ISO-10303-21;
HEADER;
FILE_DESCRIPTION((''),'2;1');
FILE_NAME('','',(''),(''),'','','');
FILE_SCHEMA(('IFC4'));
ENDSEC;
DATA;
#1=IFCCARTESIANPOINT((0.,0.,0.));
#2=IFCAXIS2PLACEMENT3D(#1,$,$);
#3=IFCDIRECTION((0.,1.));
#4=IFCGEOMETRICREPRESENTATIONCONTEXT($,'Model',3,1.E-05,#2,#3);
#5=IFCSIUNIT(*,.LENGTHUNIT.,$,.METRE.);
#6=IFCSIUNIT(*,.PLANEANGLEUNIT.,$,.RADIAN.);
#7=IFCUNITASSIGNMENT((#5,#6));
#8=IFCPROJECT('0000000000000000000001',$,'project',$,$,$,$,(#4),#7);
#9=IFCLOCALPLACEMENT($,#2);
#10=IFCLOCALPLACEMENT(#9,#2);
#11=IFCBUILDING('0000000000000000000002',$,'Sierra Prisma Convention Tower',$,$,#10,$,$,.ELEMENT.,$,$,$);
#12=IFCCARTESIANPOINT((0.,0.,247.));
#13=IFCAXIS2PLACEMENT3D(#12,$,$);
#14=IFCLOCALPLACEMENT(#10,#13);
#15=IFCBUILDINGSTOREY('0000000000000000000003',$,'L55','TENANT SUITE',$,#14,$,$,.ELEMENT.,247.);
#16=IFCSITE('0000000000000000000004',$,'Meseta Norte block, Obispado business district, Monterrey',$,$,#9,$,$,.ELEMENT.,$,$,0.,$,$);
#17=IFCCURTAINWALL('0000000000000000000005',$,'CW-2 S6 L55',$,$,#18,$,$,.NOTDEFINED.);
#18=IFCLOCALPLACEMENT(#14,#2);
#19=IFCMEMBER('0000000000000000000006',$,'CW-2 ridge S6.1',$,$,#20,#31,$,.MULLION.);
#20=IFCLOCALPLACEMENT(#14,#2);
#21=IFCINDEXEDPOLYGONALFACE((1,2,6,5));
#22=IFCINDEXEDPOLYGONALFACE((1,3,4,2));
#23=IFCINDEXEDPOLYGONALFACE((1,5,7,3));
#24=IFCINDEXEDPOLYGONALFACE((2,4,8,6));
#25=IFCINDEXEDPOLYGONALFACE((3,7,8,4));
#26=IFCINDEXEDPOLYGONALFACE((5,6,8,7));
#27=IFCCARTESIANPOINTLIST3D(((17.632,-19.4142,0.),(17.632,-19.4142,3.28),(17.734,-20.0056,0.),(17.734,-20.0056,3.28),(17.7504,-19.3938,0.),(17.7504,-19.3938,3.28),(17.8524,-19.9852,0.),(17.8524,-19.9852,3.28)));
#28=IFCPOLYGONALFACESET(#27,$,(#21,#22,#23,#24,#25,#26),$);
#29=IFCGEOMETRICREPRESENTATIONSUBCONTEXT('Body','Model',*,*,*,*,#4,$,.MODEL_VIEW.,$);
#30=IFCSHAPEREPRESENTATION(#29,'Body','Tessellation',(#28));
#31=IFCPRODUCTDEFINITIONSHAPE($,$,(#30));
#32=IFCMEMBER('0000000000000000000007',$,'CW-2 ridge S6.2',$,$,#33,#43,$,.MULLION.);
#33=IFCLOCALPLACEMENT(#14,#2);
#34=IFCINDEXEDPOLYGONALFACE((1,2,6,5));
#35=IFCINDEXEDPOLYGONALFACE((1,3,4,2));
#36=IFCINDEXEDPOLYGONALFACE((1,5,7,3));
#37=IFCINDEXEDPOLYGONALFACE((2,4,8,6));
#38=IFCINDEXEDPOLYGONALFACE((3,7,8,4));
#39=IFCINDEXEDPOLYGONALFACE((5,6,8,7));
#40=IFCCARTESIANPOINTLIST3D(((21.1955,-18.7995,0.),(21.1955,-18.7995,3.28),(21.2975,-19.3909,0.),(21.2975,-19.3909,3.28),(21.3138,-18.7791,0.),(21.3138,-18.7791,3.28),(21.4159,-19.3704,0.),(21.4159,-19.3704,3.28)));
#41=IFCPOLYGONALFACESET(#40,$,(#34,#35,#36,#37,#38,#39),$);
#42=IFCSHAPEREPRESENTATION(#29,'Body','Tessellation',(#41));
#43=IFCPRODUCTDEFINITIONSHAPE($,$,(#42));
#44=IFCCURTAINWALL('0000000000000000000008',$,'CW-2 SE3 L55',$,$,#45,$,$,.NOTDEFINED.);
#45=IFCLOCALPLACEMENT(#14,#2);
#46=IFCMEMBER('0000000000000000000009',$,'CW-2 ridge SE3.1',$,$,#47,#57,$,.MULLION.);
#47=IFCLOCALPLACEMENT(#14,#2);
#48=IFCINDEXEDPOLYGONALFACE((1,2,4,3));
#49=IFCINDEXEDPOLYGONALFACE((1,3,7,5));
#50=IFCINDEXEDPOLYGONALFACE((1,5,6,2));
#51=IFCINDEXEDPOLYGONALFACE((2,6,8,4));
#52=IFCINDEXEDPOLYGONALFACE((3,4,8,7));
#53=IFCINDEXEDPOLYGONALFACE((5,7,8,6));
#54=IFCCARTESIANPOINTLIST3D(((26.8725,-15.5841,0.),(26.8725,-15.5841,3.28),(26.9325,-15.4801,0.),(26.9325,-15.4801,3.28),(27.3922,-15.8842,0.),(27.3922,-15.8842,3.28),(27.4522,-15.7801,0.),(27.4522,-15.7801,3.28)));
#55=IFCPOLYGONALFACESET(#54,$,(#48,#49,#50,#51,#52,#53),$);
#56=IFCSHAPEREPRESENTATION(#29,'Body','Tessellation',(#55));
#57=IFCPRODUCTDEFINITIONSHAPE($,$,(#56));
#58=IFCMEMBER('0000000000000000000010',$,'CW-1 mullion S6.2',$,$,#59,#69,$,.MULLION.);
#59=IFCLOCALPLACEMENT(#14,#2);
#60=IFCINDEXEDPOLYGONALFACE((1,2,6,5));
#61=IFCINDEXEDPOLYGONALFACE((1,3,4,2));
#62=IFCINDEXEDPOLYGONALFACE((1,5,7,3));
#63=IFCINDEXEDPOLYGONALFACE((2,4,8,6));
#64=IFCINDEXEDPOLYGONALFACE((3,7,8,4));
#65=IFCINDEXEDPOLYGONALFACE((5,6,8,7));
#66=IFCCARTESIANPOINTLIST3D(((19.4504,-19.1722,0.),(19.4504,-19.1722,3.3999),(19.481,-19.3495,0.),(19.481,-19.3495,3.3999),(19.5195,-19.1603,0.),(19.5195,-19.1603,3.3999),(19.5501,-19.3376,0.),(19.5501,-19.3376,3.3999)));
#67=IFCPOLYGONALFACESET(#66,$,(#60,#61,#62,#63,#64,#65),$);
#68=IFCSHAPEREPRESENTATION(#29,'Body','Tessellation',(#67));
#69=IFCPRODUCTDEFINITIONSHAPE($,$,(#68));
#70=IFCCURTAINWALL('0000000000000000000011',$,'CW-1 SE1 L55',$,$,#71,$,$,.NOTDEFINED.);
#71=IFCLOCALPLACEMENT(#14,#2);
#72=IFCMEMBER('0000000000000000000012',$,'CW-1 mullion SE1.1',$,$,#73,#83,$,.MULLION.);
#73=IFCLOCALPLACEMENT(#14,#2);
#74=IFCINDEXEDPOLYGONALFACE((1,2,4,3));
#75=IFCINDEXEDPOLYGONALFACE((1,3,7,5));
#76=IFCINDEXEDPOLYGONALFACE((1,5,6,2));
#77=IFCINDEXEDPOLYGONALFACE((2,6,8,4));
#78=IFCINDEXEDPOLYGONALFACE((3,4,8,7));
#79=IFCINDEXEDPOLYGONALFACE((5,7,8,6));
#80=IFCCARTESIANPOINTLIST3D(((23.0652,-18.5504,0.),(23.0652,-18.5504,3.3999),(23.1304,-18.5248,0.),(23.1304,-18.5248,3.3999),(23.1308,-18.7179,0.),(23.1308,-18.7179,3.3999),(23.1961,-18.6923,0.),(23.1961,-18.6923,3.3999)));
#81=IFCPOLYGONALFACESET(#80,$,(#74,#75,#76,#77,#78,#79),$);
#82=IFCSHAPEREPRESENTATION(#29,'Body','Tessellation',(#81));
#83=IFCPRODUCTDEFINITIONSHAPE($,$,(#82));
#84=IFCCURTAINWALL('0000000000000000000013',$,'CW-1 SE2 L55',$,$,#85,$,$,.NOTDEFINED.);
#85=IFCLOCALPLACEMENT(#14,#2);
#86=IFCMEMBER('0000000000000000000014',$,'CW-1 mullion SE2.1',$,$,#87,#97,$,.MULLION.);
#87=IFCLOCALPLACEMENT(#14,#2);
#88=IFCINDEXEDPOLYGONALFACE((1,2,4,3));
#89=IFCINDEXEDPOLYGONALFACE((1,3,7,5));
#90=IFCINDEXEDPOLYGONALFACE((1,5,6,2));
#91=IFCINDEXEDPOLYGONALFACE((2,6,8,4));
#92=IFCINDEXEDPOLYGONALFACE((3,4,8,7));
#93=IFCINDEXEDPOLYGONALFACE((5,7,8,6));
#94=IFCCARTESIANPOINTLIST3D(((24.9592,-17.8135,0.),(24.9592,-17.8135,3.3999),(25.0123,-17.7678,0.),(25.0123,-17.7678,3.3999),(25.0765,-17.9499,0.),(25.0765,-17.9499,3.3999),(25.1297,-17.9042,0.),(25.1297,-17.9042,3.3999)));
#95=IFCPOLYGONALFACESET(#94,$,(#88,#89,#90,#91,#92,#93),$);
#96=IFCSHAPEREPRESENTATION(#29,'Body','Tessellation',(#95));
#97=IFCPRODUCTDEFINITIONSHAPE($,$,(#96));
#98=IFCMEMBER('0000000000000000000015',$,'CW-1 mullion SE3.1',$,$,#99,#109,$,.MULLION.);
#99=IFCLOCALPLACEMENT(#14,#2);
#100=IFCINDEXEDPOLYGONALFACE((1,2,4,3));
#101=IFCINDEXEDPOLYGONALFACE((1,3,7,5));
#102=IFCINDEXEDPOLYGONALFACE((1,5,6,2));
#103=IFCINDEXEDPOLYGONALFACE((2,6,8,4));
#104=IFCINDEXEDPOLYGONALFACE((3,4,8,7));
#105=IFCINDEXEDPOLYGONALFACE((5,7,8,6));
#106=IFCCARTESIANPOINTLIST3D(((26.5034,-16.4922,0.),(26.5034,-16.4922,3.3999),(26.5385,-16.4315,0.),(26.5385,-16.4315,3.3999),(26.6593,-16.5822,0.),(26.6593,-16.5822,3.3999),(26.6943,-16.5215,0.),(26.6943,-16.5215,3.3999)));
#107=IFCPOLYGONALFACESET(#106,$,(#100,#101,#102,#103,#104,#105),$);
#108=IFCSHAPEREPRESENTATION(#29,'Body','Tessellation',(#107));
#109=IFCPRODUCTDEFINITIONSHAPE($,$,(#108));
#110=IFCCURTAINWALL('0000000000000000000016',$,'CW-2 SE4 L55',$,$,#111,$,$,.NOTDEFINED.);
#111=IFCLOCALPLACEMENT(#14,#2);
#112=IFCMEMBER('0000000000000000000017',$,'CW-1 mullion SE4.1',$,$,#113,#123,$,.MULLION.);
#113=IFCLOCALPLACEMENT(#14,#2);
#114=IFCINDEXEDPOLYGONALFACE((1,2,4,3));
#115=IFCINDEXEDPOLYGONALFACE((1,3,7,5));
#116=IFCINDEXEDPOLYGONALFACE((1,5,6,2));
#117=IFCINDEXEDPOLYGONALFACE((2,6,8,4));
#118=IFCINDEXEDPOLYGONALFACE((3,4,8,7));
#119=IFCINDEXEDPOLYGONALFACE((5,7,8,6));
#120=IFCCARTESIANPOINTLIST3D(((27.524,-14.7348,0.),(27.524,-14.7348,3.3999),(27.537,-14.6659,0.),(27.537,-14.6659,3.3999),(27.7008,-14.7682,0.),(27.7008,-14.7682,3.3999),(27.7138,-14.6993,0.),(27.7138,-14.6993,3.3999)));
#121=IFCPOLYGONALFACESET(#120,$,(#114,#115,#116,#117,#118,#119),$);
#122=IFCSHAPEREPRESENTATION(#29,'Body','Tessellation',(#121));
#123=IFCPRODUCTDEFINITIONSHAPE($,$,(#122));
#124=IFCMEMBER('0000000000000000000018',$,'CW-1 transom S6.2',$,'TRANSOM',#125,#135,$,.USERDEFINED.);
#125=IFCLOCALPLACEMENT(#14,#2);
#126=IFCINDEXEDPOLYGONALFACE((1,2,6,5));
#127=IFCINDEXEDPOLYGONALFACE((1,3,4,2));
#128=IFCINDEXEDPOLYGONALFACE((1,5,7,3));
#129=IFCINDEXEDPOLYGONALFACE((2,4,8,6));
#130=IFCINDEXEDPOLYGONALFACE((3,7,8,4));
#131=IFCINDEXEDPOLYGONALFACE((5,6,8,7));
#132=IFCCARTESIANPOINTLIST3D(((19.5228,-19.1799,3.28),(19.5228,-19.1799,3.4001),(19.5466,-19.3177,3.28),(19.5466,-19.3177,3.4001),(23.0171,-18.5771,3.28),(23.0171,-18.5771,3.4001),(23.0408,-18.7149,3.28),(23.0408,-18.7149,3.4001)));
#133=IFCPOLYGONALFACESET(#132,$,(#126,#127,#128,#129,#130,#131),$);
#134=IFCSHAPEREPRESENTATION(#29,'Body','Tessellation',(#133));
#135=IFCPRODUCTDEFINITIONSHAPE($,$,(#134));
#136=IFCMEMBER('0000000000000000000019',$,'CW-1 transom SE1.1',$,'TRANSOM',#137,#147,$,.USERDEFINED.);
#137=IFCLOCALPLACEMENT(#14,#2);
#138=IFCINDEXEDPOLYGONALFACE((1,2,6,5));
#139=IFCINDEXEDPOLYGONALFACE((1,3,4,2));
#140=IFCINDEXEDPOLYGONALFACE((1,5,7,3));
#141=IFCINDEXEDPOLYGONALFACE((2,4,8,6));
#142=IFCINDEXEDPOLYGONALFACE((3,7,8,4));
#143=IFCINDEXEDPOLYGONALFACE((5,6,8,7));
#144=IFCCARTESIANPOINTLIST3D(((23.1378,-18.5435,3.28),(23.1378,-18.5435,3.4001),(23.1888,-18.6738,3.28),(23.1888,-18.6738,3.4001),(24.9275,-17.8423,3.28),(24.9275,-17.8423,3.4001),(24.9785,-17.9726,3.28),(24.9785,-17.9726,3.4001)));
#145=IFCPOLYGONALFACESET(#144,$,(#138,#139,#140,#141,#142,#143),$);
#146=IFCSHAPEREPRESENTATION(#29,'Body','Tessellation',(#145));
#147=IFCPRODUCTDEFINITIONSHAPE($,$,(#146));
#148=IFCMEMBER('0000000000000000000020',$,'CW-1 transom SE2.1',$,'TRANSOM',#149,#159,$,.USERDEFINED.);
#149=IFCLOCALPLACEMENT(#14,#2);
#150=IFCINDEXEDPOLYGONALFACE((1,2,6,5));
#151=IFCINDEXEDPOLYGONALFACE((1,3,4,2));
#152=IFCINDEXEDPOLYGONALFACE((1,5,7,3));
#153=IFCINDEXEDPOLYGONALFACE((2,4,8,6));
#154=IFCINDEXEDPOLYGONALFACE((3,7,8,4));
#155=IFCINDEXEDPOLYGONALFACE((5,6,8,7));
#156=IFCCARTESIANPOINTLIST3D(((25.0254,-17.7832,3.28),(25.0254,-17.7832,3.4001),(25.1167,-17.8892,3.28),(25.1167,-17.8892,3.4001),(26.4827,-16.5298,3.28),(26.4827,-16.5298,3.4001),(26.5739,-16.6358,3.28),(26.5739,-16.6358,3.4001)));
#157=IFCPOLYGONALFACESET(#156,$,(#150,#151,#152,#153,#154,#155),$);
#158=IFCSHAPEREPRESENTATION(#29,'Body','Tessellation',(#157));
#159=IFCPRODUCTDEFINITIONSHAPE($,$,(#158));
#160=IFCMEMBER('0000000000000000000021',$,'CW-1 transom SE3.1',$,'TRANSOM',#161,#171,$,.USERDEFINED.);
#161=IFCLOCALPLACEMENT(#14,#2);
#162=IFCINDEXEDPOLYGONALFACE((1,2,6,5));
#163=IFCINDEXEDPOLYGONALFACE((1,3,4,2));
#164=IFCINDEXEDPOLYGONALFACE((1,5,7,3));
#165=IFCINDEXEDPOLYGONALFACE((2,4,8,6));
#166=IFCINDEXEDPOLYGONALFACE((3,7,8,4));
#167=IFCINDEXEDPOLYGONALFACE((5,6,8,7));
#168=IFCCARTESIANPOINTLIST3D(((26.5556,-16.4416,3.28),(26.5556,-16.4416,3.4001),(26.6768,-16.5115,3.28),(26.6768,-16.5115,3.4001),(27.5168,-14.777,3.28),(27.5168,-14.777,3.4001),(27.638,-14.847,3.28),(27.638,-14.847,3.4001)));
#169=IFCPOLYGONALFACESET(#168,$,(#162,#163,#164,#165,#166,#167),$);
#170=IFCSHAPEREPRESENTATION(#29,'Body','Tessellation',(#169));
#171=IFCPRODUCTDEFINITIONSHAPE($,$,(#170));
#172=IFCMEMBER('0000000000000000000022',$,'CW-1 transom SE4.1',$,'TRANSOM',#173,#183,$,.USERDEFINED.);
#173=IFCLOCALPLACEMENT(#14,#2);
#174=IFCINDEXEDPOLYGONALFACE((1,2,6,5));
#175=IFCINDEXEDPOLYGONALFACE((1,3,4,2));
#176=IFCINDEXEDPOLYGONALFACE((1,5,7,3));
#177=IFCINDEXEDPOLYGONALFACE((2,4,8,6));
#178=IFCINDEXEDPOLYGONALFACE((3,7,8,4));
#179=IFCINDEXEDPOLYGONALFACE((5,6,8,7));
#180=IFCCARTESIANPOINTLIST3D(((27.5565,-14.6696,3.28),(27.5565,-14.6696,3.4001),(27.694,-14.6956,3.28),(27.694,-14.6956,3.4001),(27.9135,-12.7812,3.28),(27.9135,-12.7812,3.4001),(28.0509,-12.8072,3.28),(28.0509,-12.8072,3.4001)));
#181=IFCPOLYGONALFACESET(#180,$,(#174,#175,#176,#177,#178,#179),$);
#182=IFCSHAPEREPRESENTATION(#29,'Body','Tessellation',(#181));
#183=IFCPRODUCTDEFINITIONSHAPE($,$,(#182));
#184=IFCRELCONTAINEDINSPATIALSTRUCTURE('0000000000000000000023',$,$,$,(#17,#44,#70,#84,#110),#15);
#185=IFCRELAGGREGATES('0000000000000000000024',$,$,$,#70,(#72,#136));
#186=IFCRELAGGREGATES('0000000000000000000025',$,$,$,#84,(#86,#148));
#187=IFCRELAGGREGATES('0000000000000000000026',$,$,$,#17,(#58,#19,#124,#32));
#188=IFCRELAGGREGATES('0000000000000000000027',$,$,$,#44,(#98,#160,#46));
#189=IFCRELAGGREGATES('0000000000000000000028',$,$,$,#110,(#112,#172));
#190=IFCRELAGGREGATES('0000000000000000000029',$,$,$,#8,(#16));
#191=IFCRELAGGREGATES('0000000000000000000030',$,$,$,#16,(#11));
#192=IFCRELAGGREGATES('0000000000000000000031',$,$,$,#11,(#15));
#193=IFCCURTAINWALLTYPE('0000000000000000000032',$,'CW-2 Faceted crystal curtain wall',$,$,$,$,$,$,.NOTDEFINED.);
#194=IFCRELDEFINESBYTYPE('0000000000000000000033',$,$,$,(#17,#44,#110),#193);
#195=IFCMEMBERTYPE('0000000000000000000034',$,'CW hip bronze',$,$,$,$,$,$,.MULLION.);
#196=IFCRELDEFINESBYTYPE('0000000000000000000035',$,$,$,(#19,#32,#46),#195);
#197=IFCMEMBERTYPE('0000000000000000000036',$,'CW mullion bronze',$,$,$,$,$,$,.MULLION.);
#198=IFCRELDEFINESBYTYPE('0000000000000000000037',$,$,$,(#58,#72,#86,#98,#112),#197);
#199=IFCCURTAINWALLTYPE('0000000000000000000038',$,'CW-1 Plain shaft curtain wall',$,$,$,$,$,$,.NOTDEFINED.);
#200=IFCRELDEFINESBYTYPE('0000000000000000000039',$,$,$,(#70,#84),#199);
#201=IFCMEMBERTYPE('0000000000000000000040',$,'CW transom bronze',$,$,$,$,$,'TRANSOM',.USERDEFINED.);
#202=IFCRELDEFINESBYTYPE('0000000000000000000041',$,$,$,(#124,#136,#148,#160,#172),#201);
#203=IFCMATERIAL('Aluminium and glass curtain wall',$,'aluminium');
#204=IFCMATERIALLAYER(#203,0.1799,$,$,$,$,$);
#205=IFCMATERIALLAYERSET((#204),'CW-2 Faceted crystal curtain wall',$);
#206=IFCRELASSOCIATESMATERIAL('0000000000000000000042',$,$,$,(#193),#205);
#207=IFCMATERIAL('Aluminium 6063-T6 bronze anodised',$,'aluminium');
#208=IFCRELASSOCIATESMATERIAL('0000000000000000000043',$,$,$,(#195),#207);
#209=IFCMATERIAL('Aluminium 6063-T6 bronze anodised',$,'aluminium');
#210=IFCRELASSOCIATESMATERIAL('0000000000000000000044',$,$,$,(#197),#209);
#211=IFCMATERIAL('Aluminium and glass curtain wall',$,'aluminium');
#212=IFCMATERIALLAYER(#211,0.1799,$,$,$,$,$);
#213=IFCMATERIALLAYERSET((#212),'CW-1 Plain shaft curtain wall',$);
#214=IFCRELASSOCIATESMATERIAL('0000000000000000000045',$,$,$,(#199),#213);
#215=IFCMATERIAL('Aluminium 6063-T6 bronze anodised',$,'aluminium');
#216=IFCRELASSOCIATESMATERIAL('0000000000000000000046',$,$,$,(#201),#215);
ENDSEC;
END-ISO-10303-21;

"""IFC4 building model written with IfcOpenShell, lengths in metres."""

from ifc_helpers import new_model, si_unit, direction, frame, origin, origin_2d, place, context, subcontext, project, spatial, rectangle, extrude, material, layer, layer_set, material_profile, profile_set, type_object, element, aggregate, save


model = new_model("IFC4")

# Units and contexts
model_context = context("Model", 3, precision=1e-05, world=origin(), true_north=direction((0.0, 1.0)))
body_context = subcontext(model_context, "Body", "Model", "MODEL_VIEW")
ifc_project = project(units=[si_unit("LENGTHUNIT", "METRE"), si_unit("PLANEANGLEUNIT", "RADIAN")], contexts=[model_context])

# Site, building, storey
site_placement = place(None, origin())
site = spatial("IfcSite", under=ifc_project, at=site_placement, Name="Meseta Norte block, Obispado business district, Monterrey", CompositionType="ELEMENT", RefElevation=0.0)
building_placement = place(site_placement, origin())
building = spatial("IfcBuilding", under=site, at=building_placement, Name="Sierra Prisma Convention Tower", CompositionType="ELEMENT")
storey_placement = place(building_placement, frame((0.0, 0.0, 247.0)))
storey = spatial("IfcBuildingStorey", under=building, at=storey_placement, Name="L55", Description="TENANT SUITE", CompositionType="ELEMENT", Elevation=247.0)

# Curtain wall, members
ifc_material_1 = material(Name="Aluminium and glass curtain wall", Category="aluminium")
ifc_layer_1 = layer(ifc_material_1, 0.1799)
ifc_layer_set_1 = layer_set([ifc_layer_1], Name="CW-2 Faceted crystal curtain wall")
curtain_wall_type_1 = type_object("IfcCurtainWallType", Name="CW-2 Faceted crystal curtain wall", PredefinedType="NOTDEFINED", material=ifc_layer_set_1)
curtain_wall_1_placement = place(storey_placement, origin())
curtain_wall_1 = element("IfcCurtainWall", 1, at=curtain_wall_1_placement, inside=storey, type_object=curtain_wall_type_1, Name="CW-2 S6 L55", PredefinedType="NOTDEFINED")
ifc_material_2 = material(Name="Aluminium 6063-T6 bronze anodised", Category="aluminium")
ifc_material_profile_1 = material_profile(ifc_material_2, rectangle(XDim=0.1201, YDim=0.6001, at=origin_2d()), Name="ALU RIDGE BLADE 120x600")
ifc_profile_set_1 = profile_set([ifc_material_profile_1], Name="Aluminium 6063-T6 bronze anodised")
member_type_1 = type_object("IfcMemberType", Name="CW hip bronze", PredefinedType="MULLION", material=ifc_profile_set_1)
member_1_placement = place(storey_placement, frame((17.7422, -19.6997, 0.0), z_axis=(0.0, 0.0, 1.0), x_axis=(0.985443, 0.170006, 0.0)))
member_1 = element("IfcMember", 2, at=member_1_placement, type_object=member_type_1, Name="CW-2 ridge S6.1", PredefinedType="MULLION", context=body_context, shape_type="SweptSolid", body=[
    extrude(rectangle(XDim=0.1201, YDim=0.6001, at=origin_2d()), origin(), (0.0, 0.0, 1.0), 3.28),
])
member_2_placement = place(storey_placement, frame((21.3057, -19.085, 0.0), z_axis=(0.0, 0.0, 1.0), x_axis=(0.985443, 0.170006, 0.0)))
member_2 = element("IfcMember", 3, at=member_2_placement, type_object=member_type_1, Name="CW-2 ridge S6.2", PredefinedType="MULLION", context=body_context, shape_type="SweptSolid", body=[
    extrude(rectangle(XDim=0.1201, YDim=0.6001, at=origin_2d()), origin(), (0.0, 0.0, 1.0), 3.28),
])

# Curtain wall, member
curtain_wall_2_placement = place(storey_placement, origin())
curtain_wall_2 = element("IfcCurtainWall", 4, at=curtain_wall_2_placement, inside=storey, type_object=curtain_wall_type_1, Name="CW-2 SE3 L55", PredefinedType="NOTDEFINED")
member_3_placement = place(storey_placement, frame((27.1624, -15.6821, 0.0), z_axis=(0.0, 0.0, 1.0), x_axis=(0.5, 0.866025, 0.0)))
member_3 = element("IfcMember", 5, at=member_3_placement, type_object=member_type_1, Name="CW-2 ridge SE3.1", PredefinedType="MULLION", context=body_context, shape_type="SweptSolid", body=[
    extrude(rectangle(XDim=0.1201, YDim=0.6001, at=origin_2d()), origin(), (0.0, 0.0, 1.0), 3.28),
])

# Member
ifc_material_3 = material(Name="Aluminium 6063-T6 bronze anodised", Category="aluminium")
ifc_material_profile_2 = material_profile(ifc_material_3, rectangle(XDim=0.1799, YDim=0.0701, at=origin_2d()), Name="ALU MULLION 70x180")
ifc_profile_set_2 = profile_set([ifc_material_profile_2], Name="Aluminium 6063-T6 bronze anodised")
member_type_2 = type_object("IfcMemberType", Name="CW mullion bronze", PredefinedType="MULLION", material=ifc_profile_set_2)
member_4_placement = place(storey_placement, frame((19.5002, -19.2549, 0.0), z_axis=(0.0, 0.0, 1.0), x_axis=(-0.170006, 0.985443, 0.0)))
member_4 = element("IfcMember", 6, at=member_4_placement, type_object=member_type_2, Name="CW-1 mullion S6.2", PredefinedType="MULLION", context=body_context, shape_type="SweptSolid", body=[
    extrude(rectangle(XDim=0.1799, YDim=0.0701, at=origin_2d()), origin(), (0.0, 0.0, 1.0), 3.3999),
])

# Curtain walls, members
ifc_material_4 = material(Name="Aluminium and glass curtain wall", Category="aluminium")
ifc_layer_2 = layer(ifc_material_4, 0.1799)
ifc_layer_set_2 = layer_set([ifc_layer_2], Name="CW-1 Plain shaft curtain wall")
curtain_wall_type_2 = type_object("IfcCurtainWallType", Name="CW-1 Plain shaft curtain wall", PredefinedType="NOTDEFINED", material=ifc_layer_set_2)
curtain_wall_3_placement = place(storey_placement, origin())
curtain_wall_3 = element("IfcCurtainWall", 7, at=curtain_wall_3_placement, inside=storey, type_object=curtain_wall_type_2, Name="CW-1 SE1 L55", PredefinedType="NOTDEFINED")
member_5_placement = place(storey_placement, frame((23.1306, -18.6213, 0.0), z_axis=(0.0, 0.0, 1.0), x_axis=(-0.364822, 0.931077, 0.0)))
member_5 = element("IfcMember", 8, at=member_5_placement, type_object=member_type_2, Name="CW-1 mullion SE1.1", PredefinedType="MULLION", context=body_context, shape_type="SweptSolid", body=[
    extrude(rectangle(XDim=0.1799, YDim=0.0701, at=origin_2d()), origin(), (0.0, 0.0, 1.0), 3.3999),
])
curtain_wall_4_placement = place(storey_placement, origin())
curtain_wall_4 = element("IfcCurtainWall", 9, at=curtain_wall_4_placement, inside=storey, type_object=curtain_wall_type_2, Name="CW-1 SE2 L55", PredefinedType="NOTDEFINED")
member_6_placement = place(storey_placement, frame((25.0444, -17.8589, 0.0), z_axis=(0.0, 0.0, 1.0), x_axis=(-0.652076, 0.758154, 0.0)))
member_6 = element("IfcMember", 10, at=member_6_placement, type_object=member_type_2, Name="CW-1 mullion SE2.1", PredefinedType="MULLION", context=body_context, shape_type="SweptSolid", body=[
    extrude(rectangle(XDim=0.1799, YDim=0.0701, at=origin_2d()), origin(), (0.0, 0.0, 1.0), 3.3999),
])

# Member
member_7_placement = place(storey_placement, frame((26.5989, -16.5068, 0.0), z_axis=(0.0, 0.0, 1.0), x_axis=(-0.866025, 0.5, 0.0)))
member_7 = element("IfcMember", 11, at=member_7_placement, type_object=member_type_2, Name="CW-1 mullion SE3.1", PredefinedType="MULLION", context=body_context, shape_type="SweptSolid", body=[
    extrude(rectangle(XDim=0.1799, YDim=0.0701, at=origin_2d()), origin(), (0.0, 0.0, 1.0), 3.3999),
])

# Curtain wall, member
curtain_wall_5_placement = place(storey_placement, origin())
curtain_wall_5 = element("IfcCurtainWall", 12, at=curtain_wall_5_placement, inside=storey, type_object=curtain_wall_type_1, Name="CW-2 SE4 L55", PredefinedType="NOTDEFINED")
member_8_placement = place(storey_placement, frame((27.6189, -14.717, 0.0), z_axis=(0.0, 0.0, 1.0), x_axis=(-0.982618, 0.185638, 0.0)))
member_8 = element("IfcMember", 13, at=member_8_placement, type_object=member_type_2, Name="CW-1 mullion SE4.1", PredefinedType="MULLION", context=body_context, shape_type="SweptSolid", body=[
    extrude(rectangle(XDim=0.1799, YDim=0.0701, at=origin_2d()), origin(), (0.0, 0.0, 1.0), 3.3999),
])

# Members
ifc_material_5 = material(Name="Aluminium 6063-T6 bronze anodised", Category="aluminium")
ifc_material_profile_3 = material_profile(ifc_material_5, rectangle(XDim=0.1399, YDim=0.1201, at=origin_2d()), Name="ALU TRANSOM 120x140")
ifc_profile_set_3 = profile_set([ifc_material_profile_3], Name="Aluminium 6063-T6 bronze anodised")
member_type_3 = type_object("IfcMemberType", Name="CW transom bronze", ElementType="TRANSOM", PredefinedType="USERDEFINED", material=ifc_profile_set_3)
member_9_placement = place(storey_placement, frame((19.5347, -19.2488, 3.3401), z_axis=(0.985446, 0.16999, 0.0), x_axis=(-0.16999, 0.985446, 0.0)))
member_9 = element("IfcMember", 14, at=member_9_placement, type_object=member_type_3, Name="CW-1 transom S6.2", ObjectType="TRANSOM", PredefinedType="USERDEFINED", context=body_context, shape_type="SweptSolid", body=[
    extrude(rectangle(XDim=0.1399, YDim=0.1201, at=origin_2d()), origin(), (0.0, 0.0, 1.0), 3.5459),
])
member_10_placement = place(storey_placement, frame((23.1633, -18.6086, 3.3401), z_axis=(0.931082, 0.364811, 0.0), x_axis=(-0.364811, 0.931082, 0.0)))
member_10 = element("IfcMember", 15, at=member_10_placement, type_object=member_type_3, Name="CW-1 transom SE1.1", ObjectType="TRANSOM", PredefinedType="USERDEFINED", context=body_context, shape_type="SweptSolid", body=[
    extrude(rectangle(XDim=0.1399, YDim=0.1201, at=origin_2d()), origin(), (0.0, 0.0, 1.0), 1.9221),
])
member_11_placement = place(storey_placement, frame((25.071, -17.8362, 3.3401), z_axis=(0.758144, 0.652087, 0.0), x_axis=(-0.652087, 0.758144, 0.0)))
member_11 = element("IfcMember", 16, at=member_11_placement, type_object=member_type_3, Name="CW-1 transom SE2.1", ObjectType="TRANSOM", PredefinedType="USERDEFINED", context=body_context, shape_type="SweptSolid", body=[
    extrude(rectangle(XDim=0.1399, YDim=0.1201, at=origin_2d()), origin(), (0.0, 0.0, 1.0), 1.9221),
])
member_12_placement = place(storey_placement, frame((26.6162, -16.4766, 3.3401), z_axis=(0.50006, 0.865991, 0.0), x_axis=(-0.865991, 0.50006, 0.0)))
member_12 = element("IfcMember", 17, at=member_12_placement, type_object=member_type_3, Name="CW-1 transom SE3.1", ObjectType="TRANSOM", PredefinedType="USERDEFINED", context=body_context, shape_type="SweptSolid", body=[
    extrude(rectangle(XDim=0.1399, YDim=0.1201, at=origin_2d()), origin(), (0.0, 0.0, 1.0), 1.9221),
])
member_13_placement = place(storey_placement, frame((27.6252, -14.6826, 3.3401), z_axis=(0.185723, 0.982602, 0.0), x_axis=(-0.982602, 0.185723, 0.0)))
member_13 = element("IfcMember", 18, at=member_13_placement, type_object=member_type_3, Name="CW-1 transom SE4.1", ObjectType="TRANSOM", PredefinedType="USERDEFINED", context=body_context, shape_type="SweptSolid", body=[
    extrude(rectangle(XDim=0.1399, YDim=0.1201, at=origin_2d()), origin(), (0.0, 0.0, 1.0), 1.9219),
])

aggregate(curtain_wall_3, [member_5, member_10])
aggregate(curtain_wall_4, [member_6, member_11])
aggregate(curtain_wall_1, [member_4, member_1, member_9, member_2])
aggregate(curtain_wall_2, [member_7, member_12, member_3])
aggregate(curtain_wall_5, [member_8, member_13])

save(model, "model.ifc")
